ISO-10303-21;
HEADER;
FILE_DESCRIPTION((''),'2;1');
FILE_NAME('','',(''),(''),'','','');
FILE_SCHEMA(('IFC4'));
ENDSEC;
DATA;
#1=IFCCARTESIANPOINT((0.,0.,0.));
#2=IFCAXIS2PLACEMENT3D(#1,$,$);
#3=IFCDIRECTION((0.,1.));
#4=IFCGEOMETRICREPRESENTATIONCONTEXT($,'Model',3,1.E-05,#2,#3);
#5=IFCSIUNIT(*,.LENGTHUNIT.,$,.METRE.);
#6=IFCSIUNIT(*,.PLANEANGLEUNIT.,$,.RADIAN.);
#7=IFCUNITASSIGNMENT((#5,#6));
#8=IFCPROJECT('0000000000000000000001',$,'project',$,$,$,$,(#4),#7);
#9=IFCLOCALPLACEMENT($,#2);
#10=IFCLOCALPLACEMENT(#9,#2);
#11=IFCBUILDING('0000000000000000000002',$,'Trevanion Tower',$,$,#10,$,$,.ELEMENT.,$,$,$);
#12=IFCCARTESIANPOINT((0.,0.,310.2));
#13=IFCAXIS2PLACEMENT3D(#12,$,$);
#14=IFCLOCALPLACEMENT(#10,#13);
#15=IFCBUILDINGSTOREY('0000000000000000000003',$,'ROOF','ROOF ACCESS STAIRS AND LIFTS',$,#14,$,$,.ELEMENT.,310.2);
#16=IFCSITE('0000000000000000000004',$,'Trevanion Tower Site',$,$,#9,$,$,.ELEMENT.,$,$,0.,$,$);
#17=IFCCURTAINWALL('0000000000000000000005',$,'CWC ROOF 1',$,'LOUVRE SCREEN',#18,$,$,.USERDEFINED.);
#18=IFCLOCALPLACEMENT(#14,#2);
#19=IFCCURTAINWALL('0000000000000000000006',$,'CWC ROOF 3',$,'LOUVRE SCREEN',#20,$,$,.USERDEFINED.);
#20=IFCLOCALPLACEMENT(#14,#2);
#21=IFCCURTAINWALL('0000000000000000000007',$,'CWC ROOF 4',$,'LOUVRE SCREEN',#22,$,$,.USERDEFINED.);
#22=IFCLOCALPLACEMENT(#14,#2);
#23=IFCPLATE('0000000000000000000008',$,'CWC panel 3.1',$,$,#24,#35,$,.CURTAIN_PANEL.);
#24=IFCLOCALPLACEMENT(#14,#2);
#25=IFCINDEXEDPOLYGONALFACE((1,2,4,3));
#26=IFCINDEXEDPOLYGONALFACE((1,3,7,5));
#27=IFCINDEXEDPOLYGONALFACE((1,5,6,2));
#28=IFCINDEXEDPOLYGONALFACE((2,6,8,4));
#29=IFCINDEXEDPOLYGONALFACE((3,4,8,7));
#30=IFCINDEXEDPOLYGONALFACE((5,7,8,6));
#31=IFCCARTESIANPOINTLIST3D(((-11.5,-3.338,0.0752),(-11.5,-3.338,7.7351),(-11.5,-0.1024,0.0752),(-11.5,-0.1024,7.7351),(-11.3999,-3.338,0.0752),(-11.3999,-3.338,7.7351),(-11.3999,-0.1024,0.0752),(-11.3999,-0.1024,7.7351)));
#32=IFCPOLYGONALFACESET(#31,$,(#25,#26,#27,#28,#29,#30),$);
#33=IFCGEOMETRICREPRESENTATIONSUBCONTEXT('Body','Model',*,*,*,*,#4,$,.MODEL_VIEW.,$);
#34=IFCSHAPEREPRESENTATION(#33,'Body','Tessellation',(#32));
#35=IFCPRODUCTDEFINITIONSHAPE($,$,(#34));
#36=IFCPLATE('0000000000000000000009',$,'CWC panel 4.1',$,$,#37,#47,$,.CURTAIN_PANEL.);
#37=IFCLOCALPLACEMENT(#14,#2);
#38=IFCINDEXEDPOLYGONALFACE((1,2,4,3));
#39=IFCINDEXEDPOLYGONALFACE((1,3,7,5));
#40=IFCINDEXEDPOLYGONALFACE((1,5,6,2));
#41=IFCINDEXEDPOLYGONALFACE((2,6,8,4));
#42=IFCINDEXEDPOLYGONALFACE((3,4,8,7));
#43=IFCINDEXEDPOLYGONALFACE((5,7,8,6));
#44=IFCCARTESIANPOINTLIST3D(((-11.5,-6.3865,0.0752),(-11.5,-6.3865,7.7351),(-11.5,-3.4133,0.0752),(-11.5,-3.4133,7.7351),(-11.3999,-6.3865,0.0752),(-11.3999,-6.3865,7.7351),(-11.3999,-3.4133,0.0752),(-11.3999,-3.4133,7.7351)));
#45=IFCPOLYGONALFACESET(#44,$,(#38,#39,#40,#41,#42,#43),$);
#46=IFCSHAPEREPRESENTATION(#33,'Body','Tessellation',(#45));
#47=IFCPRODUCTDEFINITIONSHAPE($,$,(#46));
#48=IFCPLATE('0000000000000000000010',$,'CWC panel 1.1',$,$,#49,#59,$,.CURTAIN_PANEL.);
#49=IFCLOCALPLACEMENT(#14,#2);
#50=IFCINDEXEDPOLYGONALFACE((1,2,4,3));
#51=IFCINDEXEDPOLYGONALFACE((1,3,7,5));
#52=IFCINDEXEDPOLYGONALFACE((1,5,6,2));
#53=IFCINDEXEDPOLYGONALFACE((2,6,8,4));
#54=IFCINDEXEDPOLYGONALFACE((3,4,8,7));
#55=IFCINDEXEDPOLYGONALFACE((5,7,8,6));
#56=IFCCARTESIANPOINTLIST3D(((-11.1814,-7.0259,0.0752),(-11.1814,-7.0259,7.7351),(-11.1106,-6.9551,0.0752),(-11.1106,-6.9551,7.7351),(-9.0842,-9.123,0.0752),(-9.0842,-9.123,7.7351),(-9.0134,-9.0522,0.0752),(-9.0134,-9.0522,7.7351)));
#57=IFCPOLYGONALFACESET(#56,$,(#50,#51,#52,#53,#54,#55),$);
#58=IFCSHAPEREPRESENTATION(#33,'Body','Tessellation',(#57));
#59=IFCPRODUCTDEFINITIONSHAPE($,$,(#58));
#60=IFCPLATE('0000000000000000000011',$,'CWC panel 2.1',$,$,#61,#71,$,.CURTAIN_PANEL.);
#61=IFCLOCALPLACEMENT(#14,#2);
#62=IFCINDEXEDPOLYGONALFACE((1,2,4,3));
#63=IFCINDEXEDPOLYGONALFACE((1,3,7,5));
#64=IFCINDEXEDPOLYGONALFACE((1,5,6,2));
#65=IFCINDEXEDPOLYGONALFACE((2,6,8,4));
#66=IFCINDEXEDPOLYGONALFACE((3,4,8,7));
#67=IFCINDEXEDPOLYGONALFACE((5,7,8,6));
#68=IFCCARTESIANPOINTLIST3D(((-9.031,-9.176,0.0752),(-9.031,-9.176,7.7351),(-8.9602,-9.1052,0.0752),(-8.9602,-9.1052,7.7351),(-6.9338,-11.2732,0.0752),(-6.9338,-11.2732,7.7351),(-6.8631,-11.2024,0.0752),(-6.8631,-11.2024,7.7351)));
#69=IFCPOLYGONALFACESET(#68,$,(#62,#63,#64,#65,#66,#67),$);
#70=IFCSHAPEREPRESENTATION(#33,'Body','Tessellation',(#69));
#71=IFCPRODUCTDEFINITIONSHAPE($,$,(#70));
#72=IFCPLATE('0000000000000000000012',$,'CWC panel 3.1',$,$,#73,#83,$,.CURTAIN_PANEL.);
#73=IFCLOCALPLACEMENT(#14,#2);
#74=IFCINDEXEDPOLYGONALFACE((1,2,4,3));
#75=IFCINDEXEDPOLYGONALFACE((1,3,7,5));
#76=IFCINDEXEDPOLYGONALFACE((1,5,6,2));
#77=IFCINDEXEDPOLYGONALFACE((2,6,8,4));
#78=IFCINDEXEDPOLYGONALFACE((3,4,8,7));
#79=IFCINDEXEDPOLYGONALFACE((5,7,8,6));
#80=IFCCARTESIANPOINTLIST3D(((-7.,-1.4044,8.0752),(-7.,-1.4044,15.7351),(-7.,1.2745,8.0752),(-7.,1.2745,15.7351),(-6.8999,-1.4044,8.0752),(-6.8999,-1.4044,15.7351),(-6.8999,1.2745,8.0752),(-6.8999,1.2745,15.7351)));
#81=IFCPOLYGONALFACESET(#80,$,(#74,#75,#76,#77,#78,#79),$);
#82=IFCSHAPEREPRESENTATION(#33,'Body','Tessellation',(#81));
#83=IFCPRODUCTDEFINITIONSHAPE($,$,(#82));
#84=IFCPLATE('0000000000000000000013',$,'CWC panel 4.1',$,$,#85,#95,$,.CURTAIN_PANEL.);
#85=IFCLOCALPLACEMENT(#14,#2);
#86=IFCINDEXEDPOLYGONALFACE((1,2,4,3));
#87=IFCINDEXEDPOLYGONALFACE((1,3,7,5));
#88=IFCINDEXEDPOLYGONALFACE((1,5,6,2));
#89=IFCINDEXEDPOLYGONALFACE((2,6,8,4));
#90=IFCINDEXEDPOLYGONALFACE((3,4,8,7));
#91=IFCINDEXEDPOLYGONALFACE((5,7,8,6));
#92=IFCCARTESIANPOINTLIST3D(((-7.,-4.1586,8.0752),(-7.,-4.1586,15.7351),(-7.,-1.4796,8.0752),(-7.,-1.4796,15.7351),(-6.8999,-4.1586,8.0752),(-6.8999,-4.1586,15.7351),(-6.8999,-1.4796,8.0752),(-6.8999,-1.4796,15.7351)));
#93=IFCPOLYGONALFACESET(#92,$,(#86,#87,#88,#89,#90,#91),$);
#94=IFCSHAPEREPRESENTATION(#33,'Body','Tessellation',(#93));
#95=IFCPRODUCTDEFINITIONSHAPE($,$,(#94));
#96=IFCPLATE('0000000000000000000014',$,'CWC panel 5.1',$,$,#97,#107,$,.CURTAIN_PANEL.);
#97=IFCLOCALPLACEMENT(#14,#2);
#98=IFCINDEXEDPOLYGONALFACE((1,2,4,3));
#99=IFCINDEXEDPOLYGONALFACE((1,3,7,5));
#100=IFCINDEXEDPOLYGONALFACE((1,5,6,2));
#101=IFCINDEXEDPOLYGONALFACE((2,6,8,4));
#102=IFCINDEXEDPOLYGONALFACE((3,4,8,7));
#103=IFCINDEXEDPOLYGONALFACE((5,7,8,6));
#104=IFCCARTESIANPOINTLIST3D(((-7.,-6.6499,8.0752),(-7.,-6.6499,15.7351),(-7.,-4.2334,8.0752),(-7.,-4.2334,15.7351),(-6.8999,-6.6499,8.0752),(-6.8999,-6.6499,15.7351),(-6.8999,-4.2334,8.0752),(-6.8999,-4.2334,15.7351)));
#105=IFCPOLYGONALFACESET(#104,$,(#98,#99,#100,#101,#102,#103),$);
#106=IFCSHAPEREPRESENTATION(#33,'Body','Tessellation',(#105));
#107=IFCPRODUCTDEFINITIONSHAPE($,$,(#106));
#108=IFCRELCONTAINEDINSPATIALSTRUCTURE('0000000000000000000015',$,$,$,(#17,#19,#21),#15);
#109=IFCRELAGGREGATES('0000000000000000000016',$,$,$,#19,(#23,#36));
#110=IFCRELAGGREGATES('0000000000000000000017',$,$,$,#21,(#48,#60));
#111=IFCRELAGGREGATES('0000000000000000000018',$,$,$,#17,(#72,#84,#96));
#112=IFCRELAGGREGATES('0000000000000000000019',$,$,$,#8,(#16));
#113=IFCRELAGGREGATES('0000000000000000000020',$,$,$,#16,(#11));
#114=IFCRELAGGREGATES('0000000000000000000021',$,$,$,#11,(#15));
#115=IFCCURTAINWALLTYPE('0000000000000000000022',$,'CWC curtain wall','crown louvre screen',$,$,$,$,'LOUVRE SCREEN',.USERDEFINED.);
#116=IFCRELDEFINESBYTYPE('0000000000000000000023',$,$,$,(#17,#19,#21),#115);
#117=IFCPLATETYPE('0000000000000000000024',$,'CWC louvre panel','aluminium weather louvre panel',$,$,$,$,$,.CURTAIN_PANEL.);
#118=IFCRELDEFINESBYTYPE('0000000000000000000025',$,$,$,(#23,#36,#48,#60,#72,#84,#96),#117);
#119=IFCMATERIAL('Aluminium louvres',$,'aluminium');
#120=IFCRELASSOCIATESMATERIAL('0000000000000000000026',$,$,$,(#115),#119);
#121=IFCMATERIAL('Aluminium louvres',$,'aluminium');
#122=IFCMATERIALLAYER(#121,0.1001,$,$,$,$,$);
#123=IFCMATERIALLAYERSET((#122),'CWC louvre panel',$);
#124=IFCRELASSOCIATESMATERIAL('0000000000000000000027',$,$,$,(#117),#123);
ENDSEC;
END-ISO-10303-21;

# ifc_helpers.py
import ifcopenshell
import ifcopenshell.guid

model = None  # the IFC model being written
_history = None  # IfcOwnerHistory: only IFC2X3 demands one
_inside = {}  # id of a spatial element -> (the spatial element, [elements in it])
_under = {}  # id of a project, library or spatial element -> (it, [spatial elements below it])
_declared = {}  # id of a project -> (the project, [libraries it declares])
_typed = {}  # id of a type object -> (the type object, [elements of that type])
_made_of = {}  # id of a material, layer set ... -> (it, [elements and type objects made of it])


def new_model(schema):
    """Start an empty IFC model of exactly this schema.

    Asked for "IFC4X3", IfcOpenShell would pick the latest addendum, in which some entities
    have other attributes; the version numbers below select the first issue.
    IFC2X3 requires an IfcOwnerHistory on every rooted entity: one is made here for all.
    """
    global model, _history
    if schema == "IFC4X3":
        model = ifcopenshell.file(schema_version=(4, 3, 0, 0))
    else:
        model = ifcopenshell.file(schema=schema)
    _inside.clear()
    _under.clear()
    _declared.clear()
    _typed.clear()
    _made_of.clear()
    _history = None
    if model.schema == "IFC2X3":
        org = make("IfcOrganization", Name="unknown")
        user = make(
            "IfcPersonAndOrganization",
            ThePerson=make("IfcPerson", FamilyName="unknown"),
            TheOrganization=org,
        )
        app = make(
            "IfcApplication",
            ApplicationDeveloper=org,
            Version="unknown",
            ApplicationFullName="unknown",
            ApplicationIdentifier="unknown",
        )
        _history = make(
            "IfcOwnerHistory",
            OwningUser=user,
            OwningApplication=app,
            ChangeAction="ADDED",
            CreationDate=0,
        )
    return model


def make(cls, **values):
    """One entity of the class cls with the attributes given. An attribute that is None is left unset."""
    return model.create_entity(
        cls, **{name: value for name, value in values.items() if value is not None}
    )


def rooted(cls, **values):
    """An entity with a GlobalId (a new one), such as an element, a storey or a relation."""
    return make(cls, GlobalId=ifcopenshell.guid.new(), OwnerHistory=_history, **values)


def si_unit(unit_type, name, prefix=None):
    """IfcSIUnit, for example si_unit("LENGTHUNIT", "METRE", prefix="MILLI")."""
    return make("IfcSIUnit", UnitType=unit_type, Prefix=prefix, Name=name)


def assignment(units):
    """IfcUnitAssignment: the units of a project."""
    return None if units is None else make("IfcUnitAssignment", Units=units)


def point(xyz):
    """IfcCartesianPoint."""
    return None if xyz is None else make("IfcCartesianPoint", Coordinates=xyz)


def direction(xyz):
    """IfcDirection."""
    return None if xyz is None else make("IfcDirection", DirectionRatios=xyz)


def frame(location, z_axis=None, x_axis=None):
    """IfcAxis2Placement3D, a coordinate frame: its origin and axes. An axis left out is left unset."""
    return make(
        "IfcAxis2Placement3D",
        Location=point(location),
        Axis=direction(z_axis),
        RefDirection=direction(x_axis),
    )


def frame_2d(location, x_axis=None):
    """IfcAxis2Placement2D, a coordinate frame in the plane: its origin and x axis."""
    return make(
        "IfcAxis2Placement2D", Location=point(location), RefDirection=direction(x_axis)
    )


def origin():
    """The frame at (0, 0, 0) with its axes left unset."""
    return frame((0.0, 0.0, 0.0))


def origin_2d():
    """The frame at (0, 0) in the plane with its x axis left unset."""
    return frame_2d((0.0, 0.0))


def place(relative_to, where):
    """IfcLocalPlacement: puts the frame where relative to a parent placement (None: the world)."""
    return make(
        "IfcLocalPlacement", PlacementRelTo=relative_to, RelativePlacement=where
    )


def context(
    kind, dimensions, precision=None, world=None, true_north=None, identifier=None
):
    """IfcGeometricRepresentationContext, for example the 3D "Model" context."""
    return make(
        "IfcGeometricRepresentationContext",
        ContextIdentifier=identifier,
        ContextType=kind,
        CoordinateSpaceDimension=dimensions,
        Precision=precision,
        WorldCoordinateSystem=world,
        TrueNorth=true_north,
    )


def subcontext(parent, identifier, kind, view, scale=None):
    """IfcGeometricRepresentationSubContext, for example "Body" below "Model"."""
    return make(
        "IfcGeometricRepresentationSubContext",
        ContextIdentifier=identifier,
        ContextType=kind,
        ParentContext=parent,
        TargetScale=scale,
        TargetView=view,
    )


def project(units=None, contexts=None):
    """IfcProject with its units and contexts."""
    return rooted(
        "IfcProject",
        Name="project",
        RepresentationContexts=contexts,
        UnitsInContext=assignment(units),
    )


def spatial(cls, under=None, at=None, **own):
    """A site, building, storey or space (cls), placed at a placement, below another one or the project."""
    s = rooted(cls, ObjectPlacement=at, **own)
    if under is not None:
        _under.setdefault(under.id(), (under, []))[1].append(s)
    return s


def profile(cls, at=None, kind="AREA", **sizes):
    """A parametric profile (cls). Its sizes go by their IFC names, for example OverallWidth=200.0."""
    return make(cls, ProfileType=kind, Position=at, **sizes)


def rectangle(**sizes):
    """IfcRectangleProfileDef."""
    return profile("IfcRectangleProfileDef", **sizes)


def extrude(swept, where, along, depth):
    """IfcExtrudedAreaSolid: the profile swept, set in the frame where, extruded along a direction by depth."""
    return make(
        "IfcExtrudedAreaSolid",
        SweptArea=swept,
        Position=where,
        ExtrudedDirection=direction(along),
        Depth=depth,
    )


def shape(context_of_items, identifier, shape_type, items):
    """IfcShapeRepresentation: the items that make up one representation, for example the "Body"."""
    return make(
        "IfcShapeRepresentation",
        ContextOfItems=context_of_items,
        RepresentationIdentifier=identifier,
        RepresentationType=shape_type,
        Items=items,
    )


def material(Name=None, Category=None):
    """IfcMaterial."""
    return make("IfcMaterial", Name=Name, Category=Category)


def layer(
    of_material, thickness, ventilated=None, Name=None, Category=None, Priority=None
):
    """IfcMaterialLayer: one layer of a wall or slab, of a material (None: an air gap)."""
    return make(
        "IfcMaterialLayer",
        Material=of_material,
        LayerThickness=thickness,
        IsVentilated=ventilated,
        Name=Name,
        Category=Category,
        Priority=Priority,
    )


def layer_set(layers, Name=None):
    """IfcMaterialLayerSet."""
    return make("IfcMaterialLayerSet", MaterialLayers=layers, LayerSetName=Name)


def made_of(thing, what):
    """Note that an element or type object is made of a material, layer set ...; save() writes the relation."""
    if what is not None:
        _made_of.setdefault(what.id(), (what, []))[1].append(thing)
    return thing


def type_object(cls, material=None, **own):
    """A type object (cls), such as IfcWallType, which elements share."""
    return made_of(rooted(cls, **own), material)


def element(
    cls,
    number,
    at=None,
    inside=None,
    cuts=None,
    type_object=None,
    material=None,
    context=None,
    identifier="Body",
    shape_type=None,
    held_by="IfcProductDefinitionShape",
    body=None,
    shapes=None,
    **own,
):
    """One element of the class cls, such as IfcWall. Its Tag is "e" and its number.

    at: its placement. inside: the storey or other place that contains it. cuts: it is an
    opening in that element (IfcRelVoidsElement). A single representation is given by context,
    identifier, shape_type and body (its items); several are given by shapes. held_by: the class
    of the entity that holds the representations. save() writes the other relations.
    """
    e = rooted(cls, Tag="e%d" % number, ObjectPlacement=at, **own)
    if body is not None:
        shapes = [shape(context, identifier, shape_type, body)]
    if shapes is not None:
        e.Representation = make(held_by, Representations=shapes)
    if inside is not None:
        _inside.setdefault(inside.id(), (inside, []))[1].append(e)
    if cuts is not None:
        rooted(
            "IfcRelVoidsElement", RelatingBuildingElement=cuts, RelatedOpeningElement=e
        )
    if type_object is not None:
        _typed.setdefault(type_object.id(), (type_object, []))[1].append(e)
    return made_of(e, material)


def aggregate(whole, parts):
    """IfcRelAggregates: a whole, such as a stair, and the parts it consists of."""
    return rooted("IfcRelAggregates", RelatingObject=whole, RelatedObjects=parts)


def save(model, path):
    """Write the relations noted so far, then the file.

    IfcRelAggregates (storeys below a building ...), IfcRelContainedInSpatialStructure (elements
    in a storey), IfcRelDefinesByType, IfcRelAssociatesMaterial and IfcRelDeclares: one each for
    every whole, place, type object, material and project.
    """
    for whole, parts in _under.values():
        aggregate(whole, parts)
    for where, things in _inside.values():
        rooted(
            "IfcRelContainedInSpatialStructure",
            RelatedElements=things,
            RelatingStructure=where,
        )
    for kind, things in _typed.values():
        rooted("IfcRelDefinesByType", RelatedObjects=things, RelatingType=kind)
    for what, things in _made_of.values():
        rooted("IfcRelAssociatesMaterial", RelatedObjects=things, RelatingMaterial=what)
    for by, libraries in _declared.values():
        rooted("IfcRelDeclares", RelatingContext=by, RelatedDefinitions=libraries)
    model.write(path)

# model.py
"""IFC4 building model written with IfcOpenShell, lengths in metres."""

from ifc_helpers import new_model, si_unit, direction, frame, origin, origin_2d, place, context, subcontext, project, spatial, rectangle, extrude, material, layer, layer_set, type_object, element, aggregate, save


model = new_model("IFC4")

# Units and contexts
model_context = context("Model", 3, precision=1e-05, world=origin(), true_north=direction((0.0, 1.0)))
body_context = subcontext(model_context, "Body", "Model", "MODEL_VIEW")
ifc_project = project(units=[si_unit("LENGTHUNIT", "METRE"), si_unit("PLANEANGLEUNIT", "RADIAN")], contexts=[model_context])

# Site, building, storey
site_placement = place(None, origin())
site = spatial("IfcSite", under=ifc_project, at=site_placement, Name="Trevanion Tower Site", CompositionType="ELEMENT", RefElevation=0.0)
building_placement = place(site_placement, origin())
building = spatial("IfcBuilding", under=site, at=building_placement, Name="Trevanion Tower", CompositionType="ELEMENT")
storey_placement = place(building_placement, frame((0.0, 0.0, 310.2)))
storey = spatial("IfcBuildingStorey", under=building, at=storey_placement, Name="ROOF", Description="ROOF ACCESS STAIRS AND LIFTS", CompositionType="ELEMENT", Elevation=310.2)

# Curtain walls
ifc_material_1 = material(Name="Aluminium louvres", Category="aluminium")
curtain_wall_type = type_object("IfcCurtainWallType", Name="CWC curtain wall", Description="crown louvre screen", ElementType="LOUVRE SCREEN", PredefinedType="USERDEFINED", material=ifc_material_1)
curtain_wall_1_placement = place(storey_placement, origin())
curtain_wall_1 = element("IfcCurtainWall", 1, at=curtain_wall_1_placement, inside=storey, type_object=curtain_wall_type, Name="CWC ROOF 1", ObjectType="LOUVRE SCREEN", PredefinedType="USERDEFINED")
curtain_wall_2_placement = place(storey_placement, origin())
curtain_wall_2 = element("IfcCurtainWall", 2, at=curtain_wall_2_placement, inside=storey, type_object=curtain_wall_type, Name="CWC ROOF 3", ObjectType="LOUVRE SCREEN", PredefinedType="USERDEFINED")
curtain_wall_3_placement = place(storey_placement, origin())
curtain_wall_3 = element("IfcCurtainWall", 3, at=curtain_wall_3_placement, inside=storey, type_object=curtain_wall_type, Name="CWC ROOF 4", ObjectType="LOUVRE SCREEN", PredefinedType="USERDEFINED")

# Plates
ifc_material_2 = material(Name="Aluminium louvres", Category="aluminium")
ifc_layer = layer(ifc_material_2, 0.1001)
ifc_layer_set = layer_set([ifc_layer], Name="CWC louvre panel")
plate_type = type_object("IfcPlateType", Name="CWC louvre panel", Description="aluminium weather louvre panel", PredefinedType="CURTAIN_PANEL", material=ifc_layer_set)
plate_1_placement = place(storey_placement, frame((-11.45, -1.7202, 0.0752), z_axis=(0.0, 0.0, 1.0), x_axis=(0.0, -1.0, 0.0)))
plate_1 = element("IfcPlate", 4, at=plate_1_placement, type_object=plate_type, Name="CWC panel 3.1", PredefinedType="CURTAIN_PANEL", context=body_context, shape_type="SweptSolid", body=[
    extrude(rectangle(XDim=3.2356, YDim=0.1001, at=origin_2d()), origin(), (0.0, 0.0, 1.0), 7.6599),
])
plate_2_placement = place(storey_placement, frame((-11.45, -4.8999, 0.0752), z_axis=(0.0, 0.0, 1.0), x_axis=(0.0, -1.0, 0.0)))
plate_2 = element("IfcPlate", 5, at=plate_2_placement, type_object=plate_type, Name="CWC panel 4.1", PredefinedType="CURTAIN_PANEL", context=body_context, shape_type="SweptSolid", body=[
    extrude(rectangle(XDim=2.9731, YDim=0.1001, at=origin_2d()), origin(), (0.0, 0.0, 1.0), 7.6599),
])
aggregate(curtain_wall_2, [plate_1, plate_2])
plate_3_placement = place(storey_placement, frame((-10.0974, -8.0391, 0.0752), z_axis=(0.0, 0.0, 1.0), x_axis=(0.707107, -0.707107, 0.0)))
plate_3 = element("IfcPlate", 6, at=plate_3_placement, type_object=plate_type, Name="CWC panel 1.1", PredefinedType="CURTAIN_PANEL", context=body_context, shape_type="SweptSolid", body=[
    extrude(rectangle(XDim=2.9658, YDim=0.1001, at=origin_2d()), origin(), (0.0, 0.0, 1.0), 7.6599),
])
plate_4_placement = place(storey_placement, frame((-7.947, -10.1892, 0.0752), z_axis=(0.0, 0.0, 1.0), x_axis=(0.707107, -0.707107, 0.0)))
plate_4 = element("IfcPlate", 7, at=plate_4_placement, type_object=plate_type, Name="CWC panel 2.1", PredefinedType="CURTAIN_PANEL", context=body_context, shape_type="SweptSolid", body=[
    extrude(rectangle(XDim=2.9658, YDim=0.1001, at=origin_2d()), origin(), (0.0, 0.0, 1.0), 7.6599),
])
aggregate(curtain_wall_3, [plate_3, plate_4])
plate_5_placement = place(storey_placement, frame((-6.95, -0.0649, 8.0752), z_axis=(0.0, 0.0, 1.0), x_axis=(0.0, -1.0, 0.0)))
plate_5 = element("IfcPlate", 8, at=plate_5_placement, type_object=plate_type, Name="CWC panel 3.1", PredefinedType="CURTAIN_PANEL", context=body_context, shape_type="SweptSolid", body=[
    extrude(rectangle(XDim=2.679, YDim=0.1001, at=origin_2d()), origin(), (0.0, 0.0, 1.0), 7.6599),
])
plate_6_placement = place(storey_placement, frame((-6.95, -2.8191, 8.0752), z_axis=(0.0, 0.0, 1.0), x_axis=(0.0, -1.0, 0.0)))
plate_6 = element("IfcPlate", 9, at=plate_6_placement, type_object=plate_type, Name="CWC panel 4.1", PredefinedType="CURTAIN_PANEL", context=body_context, shape_type="SweptSolid", body=[
    extrude(rectangle(XDim=2.679, YDim=0.1001, at=origin_2d()), origin(), (0.0, 0.0, 1.0), 7.6599),
])
plate_7_placement = place(storey_placement, frame((-6.95, -5.4417, 8.0752), z_axis=(0.0, 0.0, 1.0), x_axis=(0.0, -1.0, 0.0)))
plate_7 = element("IfcPlate", 10, at=plate_7_placement, type_object=plate_type, Name="CWC panel 5.1", PredefinedType="CURTAIN_PANEL", context=body_context, shape_type="SweptSolid", body=[
    extrude(rectangle(XDim=2.4165, YDim=0.1001, at=origin_2d()), origin(), (0.0, 0.0, 1.0), 7.6599),
])
aggregate(curtain_wall_1, [plate_5, plate_6, plate_7])

save(model, "model.ifc")
